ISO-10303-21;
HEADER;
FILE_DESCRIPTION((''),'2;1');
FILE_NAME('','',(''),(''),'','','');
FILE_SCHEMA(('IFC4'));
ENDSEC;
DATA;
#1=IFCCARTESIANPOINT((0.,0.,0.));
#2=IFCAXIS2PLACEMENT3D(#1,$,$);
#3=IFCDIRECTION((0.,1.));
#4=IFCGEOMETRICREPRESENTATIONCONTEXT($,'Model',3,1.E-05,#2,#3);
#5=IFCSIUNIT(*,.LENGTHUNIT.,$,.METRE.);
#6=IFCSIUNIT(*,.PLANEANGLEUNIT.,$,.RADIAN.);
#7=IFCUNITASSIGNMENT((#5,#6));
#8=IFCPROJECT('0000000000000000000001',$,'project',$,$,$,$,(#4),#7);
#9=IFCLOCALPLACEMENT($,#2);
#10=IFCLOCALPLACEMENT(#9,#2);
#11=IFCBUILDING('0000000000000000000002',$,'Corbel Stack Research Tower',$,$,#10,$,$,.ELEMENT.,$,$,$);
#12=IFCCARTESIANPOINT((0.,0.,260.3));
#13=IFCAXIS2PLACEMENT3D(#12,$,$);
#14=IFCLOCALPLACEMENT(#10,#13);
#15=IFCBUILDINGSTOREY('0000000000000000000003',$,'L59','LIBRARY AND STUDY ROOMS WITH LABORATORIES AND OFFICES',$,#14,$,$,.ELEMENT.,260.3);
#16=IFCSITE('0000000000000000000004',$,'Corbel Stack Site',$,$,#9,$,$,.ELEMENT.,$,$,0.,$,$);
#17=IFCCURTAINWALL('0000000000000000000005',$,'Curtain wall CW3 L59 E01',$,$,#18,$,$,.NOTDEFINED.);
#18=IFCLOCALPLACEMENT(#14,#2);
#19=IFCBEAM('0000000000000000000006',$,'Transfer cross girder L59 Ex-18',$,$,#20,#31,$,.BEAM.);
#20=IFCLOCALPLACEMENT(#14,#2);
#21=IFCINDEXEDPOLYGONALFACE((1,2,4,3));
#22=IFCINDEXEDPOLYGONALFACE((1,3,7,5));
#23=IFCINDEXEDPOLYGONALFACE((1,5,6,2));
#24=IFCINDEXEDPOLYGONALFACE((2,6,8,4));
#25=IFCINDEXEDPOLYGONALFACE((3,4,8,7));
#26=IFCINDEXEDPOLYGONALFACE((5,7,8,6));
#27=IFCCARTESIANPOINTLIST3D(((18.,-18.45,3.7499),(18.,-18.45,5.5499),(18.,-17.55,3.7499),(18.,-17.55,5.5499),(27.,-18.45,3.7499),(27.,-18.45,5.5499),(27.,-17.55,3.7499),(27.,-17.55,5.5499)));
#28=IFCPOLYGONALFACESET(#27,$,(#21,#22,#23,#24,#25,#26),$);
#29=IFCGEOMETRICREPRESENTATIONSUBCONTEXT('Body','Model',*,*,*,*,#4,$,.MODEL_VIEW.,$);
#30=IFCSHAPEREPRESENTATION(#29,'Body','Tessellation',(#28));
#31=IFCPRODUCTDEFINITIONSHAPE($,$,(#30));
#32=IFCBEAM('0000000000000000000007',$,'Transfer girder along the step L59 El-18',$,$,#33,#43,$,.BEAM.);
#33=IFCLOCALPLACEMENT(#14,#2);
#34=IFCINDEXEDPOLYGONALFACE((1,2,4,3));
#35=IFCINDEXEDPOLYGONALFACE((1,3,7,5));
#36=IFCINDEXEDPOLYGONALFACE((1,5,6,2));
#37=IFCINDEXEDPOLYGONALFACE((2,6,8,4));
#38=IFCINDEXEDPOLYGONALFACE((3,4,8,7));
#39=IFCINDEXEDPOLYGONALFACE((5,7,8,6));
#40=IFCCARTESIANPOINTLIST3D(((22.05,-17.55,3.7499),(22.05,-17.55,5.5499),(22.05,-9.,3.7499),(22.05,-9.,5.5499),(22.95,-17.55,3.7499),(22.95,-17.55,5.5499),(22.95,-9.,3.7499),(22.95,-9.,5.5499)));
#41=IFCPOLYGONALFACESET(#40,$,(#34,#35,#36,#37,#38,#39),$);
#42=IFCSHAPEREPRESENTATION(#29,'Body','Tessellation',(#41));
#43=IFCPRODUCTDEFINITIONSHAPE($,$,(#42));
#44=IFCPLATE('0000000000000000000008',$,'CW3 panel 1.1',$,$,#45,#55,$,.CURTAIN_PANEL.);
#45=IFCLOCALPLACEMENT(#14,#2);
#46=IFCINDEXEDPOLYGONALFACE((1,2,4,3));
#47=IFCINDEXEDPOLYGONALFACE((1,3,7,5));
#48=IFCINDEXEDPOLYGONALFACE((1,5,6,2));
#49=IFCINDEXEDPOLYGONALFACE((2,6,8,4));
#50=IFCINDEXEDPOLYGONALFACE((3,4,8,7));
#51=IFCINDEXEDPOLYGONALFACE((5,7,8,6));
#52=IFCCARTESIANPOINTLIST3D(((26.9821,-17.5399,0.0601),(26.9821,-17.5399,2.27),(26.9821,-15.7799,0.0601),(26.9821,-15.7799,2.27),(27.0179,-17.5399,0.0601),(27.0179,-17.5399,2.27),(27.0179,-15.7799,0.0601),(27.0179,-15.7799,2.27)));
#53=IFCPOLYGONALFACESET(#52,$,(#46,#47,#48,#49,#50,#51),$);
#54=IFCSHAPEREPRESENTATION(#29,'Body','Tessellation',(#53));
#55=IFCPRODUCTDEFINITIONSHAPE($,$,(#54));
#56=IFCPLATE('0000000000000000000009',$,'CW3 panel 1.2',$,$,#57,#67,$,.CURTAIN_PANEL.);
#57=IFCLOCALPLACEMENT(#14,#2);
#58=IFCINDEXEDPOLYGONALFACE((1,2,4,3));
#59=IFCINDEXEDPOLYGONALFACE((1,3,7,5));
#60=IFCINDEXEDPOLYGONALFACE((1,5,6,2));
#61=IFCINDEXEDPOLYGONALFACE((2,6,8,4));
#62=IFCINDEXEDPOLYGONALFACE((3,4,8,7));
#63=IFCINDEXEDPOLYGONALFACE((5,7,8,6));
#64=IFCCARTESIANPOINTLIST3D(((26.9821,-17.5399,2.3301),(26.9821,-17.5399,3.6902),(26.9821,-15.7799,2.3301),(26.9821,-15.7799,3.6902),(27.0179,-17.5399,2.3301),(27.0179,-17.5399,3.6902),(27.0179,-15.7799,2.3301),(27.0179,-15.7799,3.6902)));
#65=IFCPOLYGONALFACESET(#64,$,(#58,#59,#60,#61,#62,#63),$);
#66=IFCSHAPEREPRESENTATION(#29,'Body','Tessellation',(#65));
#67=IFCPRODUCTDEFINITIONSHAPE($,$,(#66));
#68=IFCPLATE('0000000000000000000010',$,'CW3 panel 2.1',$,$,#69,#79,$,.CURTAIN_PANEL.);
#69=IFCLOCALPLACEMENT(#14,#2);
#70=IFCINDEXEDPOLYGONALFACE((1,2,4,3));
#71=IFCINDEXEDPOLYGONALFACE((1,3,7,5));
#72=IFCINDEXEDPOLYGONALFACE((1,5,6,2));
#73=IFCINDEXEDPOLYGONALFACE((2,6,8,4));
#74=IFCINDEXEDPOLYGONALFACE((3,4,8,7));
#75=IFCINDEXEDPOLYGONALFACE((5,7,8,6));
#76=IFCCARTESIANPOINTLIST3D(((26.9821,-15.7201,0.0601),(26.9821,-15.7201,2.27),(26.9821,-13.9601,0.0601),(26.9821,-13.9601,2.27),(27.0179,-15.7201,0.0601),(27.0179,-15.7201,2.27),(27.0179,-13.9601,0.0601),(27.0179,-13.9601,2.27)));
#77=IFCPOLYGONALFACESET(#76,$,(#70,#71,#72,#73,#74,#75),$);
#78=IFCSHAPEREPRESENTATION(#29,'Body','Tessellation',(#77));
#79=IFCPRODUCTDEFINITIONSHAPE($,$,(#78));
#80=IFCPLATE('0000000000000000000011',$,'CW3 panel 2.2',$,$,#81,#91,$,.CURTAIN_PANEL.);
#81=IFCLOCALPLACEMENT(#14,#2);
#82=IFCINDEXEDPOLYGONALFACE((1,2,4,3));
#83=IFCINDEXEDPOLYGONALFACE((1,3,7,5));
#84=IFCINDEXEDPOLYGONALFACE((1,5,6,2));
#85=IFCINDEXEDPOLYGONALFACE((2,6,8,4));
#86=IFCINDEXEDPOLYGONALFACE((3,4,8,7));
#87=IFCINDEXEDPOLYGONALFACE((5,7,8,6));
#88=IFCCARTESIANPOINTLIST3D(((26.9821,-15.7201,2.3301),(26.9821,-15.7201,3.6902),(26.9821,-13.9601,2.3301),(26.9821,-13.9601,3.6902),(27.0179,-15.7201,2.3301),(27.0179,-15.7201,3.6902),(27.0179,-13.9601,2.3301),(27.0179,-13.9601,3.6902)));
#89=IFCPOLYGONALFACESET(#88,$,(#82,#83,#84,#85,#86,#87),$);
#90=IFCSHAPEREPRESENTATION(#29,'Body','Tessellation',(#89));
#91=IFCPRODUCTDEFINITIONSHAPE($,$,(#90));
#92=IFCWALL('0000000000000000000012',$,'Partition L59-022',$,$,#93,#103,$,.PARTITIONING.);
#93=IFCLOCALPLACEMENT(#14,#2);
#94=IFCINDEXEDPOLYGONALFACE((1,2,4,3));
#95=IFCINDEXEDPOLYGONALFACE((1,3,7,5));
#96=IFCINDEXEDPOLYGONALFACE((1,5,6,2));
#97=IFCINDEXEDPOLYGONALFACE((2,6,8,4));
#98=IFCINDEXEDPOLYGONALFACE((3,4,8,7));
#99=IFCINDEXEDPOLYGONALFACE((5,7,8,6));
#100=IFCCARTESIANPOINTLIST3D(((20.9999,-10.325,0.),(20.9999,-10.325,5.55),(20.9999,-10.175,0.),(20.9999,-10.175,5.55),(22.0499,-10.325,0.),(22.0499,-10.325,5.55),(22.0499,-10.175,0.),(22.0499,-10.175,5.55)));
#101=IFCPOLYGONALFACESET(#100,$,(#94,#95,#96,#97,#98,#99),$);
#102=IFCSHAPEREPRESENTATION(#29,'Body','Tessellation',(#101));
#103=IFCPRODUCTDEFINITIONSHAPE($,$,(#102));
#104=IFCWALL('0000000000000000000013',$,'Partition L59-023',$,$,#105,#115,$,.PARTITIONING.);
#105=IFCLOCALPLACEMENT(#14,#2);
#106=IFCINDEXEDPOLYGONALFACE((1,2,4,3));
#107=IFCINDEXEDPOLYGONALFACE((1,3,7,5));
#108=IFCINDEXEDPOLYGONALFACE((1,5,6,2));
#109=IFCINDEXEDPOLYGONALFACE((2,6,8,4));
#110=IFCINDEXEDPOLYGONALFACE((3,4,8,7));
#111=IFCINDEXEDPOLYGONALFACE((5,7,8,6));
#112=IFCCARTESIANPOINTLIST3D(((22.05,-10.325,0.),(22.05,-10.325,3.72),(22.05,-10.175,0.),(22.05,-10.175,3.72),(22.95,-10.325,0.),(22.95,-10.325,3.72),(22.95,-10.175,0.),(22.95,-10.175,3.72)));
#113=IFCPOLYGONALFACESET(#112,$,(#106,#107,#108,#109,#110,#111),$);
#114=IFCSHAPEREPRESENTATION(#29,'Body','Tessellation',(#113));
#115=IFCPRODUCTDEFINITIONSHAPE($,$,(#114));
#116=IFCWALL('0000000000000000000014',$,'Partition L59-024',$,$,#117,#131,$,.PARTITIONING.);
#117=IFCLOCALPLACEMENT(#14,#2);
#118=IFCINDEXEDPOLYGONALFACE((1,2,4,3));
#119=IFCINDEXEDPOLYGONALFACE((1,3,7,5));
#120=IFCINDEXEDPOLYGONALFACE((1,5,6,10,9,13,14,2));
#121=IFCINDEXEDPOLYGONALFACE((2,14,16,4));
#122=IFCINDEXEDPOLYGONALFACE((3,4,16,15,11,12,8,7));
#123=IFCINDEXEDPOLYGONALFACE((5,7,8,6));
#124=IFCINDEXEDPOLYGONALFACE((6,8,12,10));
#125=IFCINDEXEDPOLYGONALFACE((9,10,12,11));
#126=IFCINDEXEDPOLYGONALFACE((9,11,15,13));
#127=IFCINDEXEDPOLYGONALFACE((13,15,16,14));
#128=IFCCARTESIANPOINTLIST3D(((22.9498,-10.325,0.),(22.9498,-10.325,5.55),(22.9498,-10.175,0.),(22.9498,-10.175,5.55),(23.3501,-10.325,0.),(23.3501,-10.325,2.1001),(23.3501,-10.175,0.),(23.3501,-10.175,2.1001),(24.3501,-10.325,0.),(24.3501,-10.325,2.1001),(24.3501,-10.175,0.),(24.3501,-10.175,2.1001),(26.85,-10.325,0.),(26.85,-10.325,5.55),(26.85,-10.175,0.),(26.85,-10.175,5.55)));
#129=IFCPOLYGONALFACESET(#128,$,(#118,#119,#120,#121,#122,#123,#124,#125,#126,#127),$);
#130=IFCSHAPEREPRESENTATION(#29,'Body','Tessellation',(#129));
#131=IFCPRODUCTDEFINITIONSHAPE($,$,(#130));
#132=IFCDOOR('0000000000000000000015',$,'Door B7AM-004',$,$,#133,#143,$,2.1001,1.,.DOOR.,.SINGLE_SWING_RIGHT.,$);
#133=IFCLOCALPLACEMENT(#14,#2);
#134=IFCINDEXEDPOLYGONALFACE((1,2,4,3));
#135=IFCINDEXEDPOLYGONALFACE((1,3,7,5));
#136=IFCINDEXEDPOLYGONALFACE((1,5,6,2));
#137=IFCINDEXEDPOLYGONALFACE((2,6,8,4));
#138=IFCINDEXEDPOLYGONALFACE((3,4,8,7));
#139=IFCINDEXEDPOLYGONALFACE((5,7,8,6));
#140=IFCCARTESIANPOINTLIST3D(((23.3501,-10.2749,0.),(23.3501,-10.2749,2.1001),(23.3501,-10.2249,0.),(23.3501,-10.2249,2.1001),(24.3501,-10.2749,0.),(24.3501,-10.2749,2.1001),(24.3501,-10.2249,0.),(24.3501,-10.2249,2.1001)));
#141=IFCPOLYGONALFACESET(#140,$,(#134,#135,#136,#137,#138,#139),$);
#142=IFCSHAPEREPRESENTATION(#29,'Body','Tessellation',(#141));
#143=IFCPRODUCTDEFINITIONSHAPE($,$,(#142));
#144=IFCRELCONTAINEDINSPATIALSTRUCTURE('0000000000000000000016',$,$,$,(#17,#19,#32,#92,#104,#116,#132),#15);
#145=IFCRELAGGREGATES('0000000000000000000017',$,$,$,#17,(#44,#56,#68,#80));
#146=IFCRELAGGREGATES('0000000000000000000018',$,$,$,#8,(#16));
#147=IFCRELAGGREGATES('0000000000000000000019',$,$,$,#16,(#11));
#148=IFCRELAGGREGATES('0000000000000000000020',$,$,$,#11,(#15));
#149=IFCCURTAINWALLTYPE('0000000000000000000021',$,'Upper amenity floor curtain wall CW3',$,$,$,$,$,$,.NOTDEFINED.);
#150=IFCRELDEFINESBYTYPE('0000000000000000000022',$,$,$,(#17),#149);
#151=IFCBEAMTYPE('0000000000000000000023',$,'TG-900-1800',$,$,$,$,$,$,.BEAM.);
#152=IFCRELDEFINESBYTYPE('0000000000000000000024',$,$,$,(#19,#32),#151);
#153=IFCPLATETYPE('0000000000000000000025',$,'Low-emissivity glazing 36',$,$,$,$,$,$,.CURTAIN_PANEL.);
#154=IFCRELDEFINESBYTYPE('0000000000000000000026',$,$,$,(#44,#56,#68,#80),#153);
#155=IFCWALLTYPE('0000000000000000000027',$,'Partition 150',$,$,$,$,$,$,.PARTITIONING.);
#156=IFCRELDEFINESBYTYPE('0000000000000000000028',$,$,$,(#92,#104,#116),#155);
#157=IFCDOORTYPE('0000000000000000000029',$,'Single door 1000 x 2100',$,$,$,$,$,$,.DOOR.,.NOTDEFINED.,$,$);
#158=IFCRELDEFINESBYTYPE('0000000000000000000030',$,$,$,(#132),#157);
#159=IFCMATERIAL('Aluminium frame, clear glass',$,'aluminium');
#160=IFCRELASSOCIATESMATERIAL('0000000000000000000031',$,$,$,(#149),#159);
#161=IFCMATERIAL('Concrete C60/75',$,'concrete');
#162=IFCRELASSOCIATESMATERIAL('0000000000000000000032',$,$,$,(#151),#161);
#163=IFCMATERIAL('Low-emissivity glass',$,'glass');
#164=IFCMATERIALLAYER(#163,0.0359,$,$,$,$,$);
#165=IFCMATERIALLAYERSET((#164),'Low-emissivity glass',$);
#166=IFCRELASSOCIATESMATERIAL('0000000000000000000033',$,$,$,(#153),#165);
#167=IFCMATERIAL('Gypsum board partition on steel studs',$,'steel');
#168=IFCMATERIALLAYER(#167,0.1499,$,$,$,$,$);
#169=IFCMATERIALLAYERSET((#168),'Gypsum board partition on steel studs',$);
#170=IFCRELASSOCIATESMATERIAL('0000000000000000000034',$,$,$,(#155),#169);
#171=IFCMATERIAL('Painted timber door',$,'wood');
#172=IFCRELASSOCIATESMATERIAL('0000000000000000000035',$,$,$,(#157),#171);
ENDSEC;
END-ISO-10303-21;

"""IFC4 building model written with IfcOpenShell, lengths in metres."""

from ifc_helpers import new_model, si_unit, direction, frame, frame_2d, origin, origin_2d, place, context, subcontext, project, spatial, rectangle, extrude, material, layer, layer_set, material_profile, profile_set, type_object, element, fill, aggregate, save


model = new_model("IFC4")

# Units and contexts
model_context = context("Model", 3, precision=1e-05, world=origin(), true_north=direction((0.0, 1.0)))
body_context = subcontext(model_context, "Body", "Model", "MODEL_VIEW")
ifc_project = project(units=[si_unit("LENGTHUNIT", "METRE"), si_unit("PLANEANGLEUNIT", "RADIAN")], contexts=[model_context])

# Site, building, storey
site_placement = place(None, origin())
site = spatial("IfcSite", under=ifc_project, at=site_placement, Name="Corbel Stack Site", CompositionType="ELEMENT", RefElevation=0.0)
building_placement = place(site_placement, origin())
building = spatial("IfcBuilding", under=site, at=building_placement, Name="Corbel Stack Research Tower", CompositionType="ELEMENT")
storey_placement = place(building_placement, frame((0.0, 0.0, 260.3)))
storey = spatial("IfcBuildingStorey", under=building, at=storey_placement, Name="L59", Description="LIBRARY AND STUDY ROOMS WITH LABORATORIES AND OFFICES", CompositionType="ELEMENT", Elevation=260.3)

# Curtain wall
ifc_material_1 = material(Name="Aluminium frame, clear glass", Category="aluminium")
curtain_wall_type = type_object("IfcCurtainWallType", Name="Upper amenity floor curtain wall CW3", PredefinedType="NOTDEFINED", material=ifc_material_1)
curtain_wall_placement = place(storey_placement, origin())
curtain_wall = element("IfcCurtainWall", 1, at=curtain_wall_placement, inside=storey, type_object=curtain_wall_type, Name="Curtain wall CW3 L59 E01", PredefinedType="NOTDEFINED")

# Beams
ifc_material_2 = material(Name="Concrete C60/75", Category="concrete")
ifc_material_profile_1 = material_profile(ifc_material_2, rectangle(XDim=0.8999, YDim=1.8, at=origin_2d()), Name="RC 900 x 1800")
ifc_profile_set_1 = profile_set([ifc_material_profile_1], Name="Concrete C60/75")
beam_type_1 = type_object("IfcBeamType", Name="TG-900-1800", PredefinedType="BEAM", material=ifc_profile_set_1)
beam_1_placement = place(storey_placement, frame((27.0, -18.0, 4.6499), z_axis=(-1.0, 0.0, 0.0), x_axis=(0.0, -1.0, 0.0)))
element("IfcBeam", 2, at=beam_1_placement, inside=storey, type_object=beam_type_1, Name="Transfer cross girder L59 Ex-18", PredefinedType="BEAM", context=body_context, shape_type="SweptSolid", body=[
    extrude(rectangle(XDim=0.8999, YDim=1.8, at=origin_2d()), origin(), (0.0, 0.0, 1.0), 9.0),
])
beam_2_placement = place(storey_placement, frame((22.5, -17.55, 4.6499), z_axis=(0.0, 1.0, 0.0), x_axis=(-1.0, 0.0, 0.0)))
element("IfcBeam", 3, at=beam_2_placement, inside=storey, type_object=beam_type_1, Name="Transfer girder along the step L59 El-18", PredefinedType="BEAM", context=body_context, shape_type="SweptSolid", body=[
    extrude(rectangle(XDim=0.8999, YDim=1.8, at=origin_2d()), origin(), (0.0, 0.0, 1.0), 8.55),
])

# Plates
ifc_material_3 = material(Name="Low-emissivity glass", Category="glass")
ifc_layer_1 = layer(ifc_material_3, 0.0359)
ifc_layer_set_1 = layer_set([ifc_layer_1], Name="Low-emissivity glass")
plate_type = type_object("IfcPlateType", Name="Low-emissivity glazing 36", PredefinedType="CURTAIN_PANEL", material=ifc_layer_set_1)
plate_1_placement = place(storey_placement, frame((27.0, -16.6599, 0.0601), z_axis=(0.0, 0.0, 1.0), x_axis=(0.0, 1.0, 0.0)))
plate_1 = element("IfcPlate", 4, at=plate_1_placement, type_object=plate_type, Name="CW3 panel 1.1", PredefinedType="CURTAIN_PANEL", context=body_context, shape_type="SweptSolid", body=[
    extrude(rectangle(XDim=1.76, YDim=0.0359, at=origin_2d()), origin(), (0.0, 0.0, 1.0), 2.21),
])
plate_2_placement = place(storey_placement, frame((27.0, -16.6599, 2.3301), z_axis=(0.0, 0.0, 1.0), x_axis=(0.0, 1.0, 0.0)))
plate_2 = element("IfcPlate", 5, at=plate_2_placement, type_object=plate_type, Name="CW3 panel 1.2", PredefinedType="CURTAIN_PANEL", context=body_context, shape_type="SweptSolid", body=[
    extrude(rectangle(XDim=1.76, YDim=0.0359, at=origin_2d()), origin(), (0.0, 0.0, 1.0), 1.3601),
])
plate_3_placement = place(storey_placement, frame((27.0, -14.8401, 0.0601), z_axis=(0.0, 0.0, 1.0), x_axis=(0.0, 1.0, 0.0)))
plate_3 = element("IfcPlate", 6, at=plate_3_placement, type_object=plate_type, Name="CW3 panel 2.1", PredefinedType="CURTAIN_PANEL", context=body_context, shape_type="SweptSolid", body=[
    extrude(rectangle(XDim=1.76, YDim=0.0359, at=origin_2d()), origin(), (0.0, 0.0, 1.0), 2.21),
])
plate_4_placement = place(storey_placement, frame((27.0, -14.8401, 2.3301), z_axis=(0.0, 0.0, 1.0), x_axis=(0.0, 1.0, 0.0)))
plate_4 = element("IfcPlate", 7, at=plate_4_placement, type_object=plate_type, Name="CW3 panel 2.2", PredefinedType="CURTAIN_PANEL", context=body_context, shape_type="SweptSolid", body=[
    extrude(rectangle(XDim=1.76, YDim=0.0359, at=origin_2d()), origin(), (0.0, 0.0, 1.0), 1.3601),
])
aggregate(curtain_wall, [plate_1, plate_2, plate_3, plate_4])

# Walls
ifc_material_4 = material(Name="Gypsum board partition on steel studs", Category="steel")
ifc_layer_2 = layer(ifc_material_4, 0.1499)
ifc_layer_set_2 = layer_set([ifc_layer_2], Name="Gypsum board partition on steel studs")
wall_type = type_object("IfcWallType", Name="Partition 150", PredefinedType="PARTITIONING", material=ifc_layer_set_2)
wall_1_placement = place(storey_placement, frame((21.0, -10.25, 0.0), z_axis=(0.0, 0.0, 1.0), x_axis=(1.0, 0.0, 0.0)))
element("IfcWall", 8, at=wall_1_placement, inside=storey, type_object=wall_type, Name="Partition L59-022", PredefinedType="PARTITIONING", context=body_context, shape_type="SweptSolid", body=[
    extrude(rectangle(XDim=1.05, YDim=0.1499, at=frame_2d((0.5249, 0.0))), origin(), (0.0, 0.0, 1.0), 5.55),
])
wall_2_placement = place(storey_placement, frame((22.05, -10.25, 0.0), z_axis=(0.0, 0.0, 1.0), x_axis=(1.0, 0.0, 0.0)))
element("IfcWall", 9, at=wall_2_placement, inside=storey, type_object=wall_type, Name="Partition L59-023", PredefinedType="PARTITIONING", context=body_context, shape_type="SweptSolid", body=[
    extrude(rectangle(XDim=0.8999, YDim=0.1499, at=frame_2d((0.45, 0.0))), origin(), (0.0, 0.0, 1.0), 3.72),
])

# Wall, opening, door
wall_3_placement = place(storey_placement, frame((26.8501, -10.25, 0.0), z_axis=(0.0, 0.0, 1.0), x_axis=(-1.0, 0.0, 0.0)))
wall_3 = element("IfcWall", 10, at=wall_3_placement, inside=storey, type_object=wall_type, Name="Partition L59-024", PredefinedType="PARTITIONING", context=body_context, shape_type="SweptSolid", body=[
    extrude(rectangle(XDim=3.9001, YDim=0.1499, at=frame_2d((1.9502, 0.0))), origin(), (0.0, 0.0, 1.0), 5.55),
])
opening_placement = place(wall_3_placement, frame((2.5, 0.0, 0.0)))
opening = element("IfcOpeningElement", 11, at=opening_placement, cuts=wall_3, PredefinedType="OPENING", context=body_context, shape_type="SweptSolid", body=[
    extrude(rectangle(XDim=1.0, YDim=2.1001, at=frame_2d((0.5, 1.05))), frame((0.0, 0.085, 0.0), z_axis=(0.0, -1.0, 0.0), x_axis=(1.0, 0.0, 0.0)), (0.0, 0.0, 1.0), 0.1699),
])
ifc_material_5 = material(Name="Painted timber door", Category="wood")
door_type = type_object("IfcDoorType", Name="Single door 1000 x 2100", OperationType="NOTDEFINED", PredefinedType="DOOR", material=ifc_material_5)
door_placement = place(opening_placement, origin())
door = element("IfcDoor", 12, at=door_placement, inside=storey, type_object=door_type, Name="Door B7AM-004", OperationType="SINGLE_SWING_RIGHT", OverallHeight=2.1001, OverallWidth=1.0, PredefinedType="DOOR", context=body_context, shape_type="SweptSolid", body=[
    extrude(rectangle(XDim=1.0, YDim=2.1001, at=frame_2d((0.5, 1.05))), frame((0.0, 0.0249, 0.0), z_axis=(0.0, -1.0, 0.0), x_axis=(1.0, 0.0, 0.0)), (0.0, 0.0, 1.0), 0.05),
])
fill(opening, door)

save(model, "model.ifc")
